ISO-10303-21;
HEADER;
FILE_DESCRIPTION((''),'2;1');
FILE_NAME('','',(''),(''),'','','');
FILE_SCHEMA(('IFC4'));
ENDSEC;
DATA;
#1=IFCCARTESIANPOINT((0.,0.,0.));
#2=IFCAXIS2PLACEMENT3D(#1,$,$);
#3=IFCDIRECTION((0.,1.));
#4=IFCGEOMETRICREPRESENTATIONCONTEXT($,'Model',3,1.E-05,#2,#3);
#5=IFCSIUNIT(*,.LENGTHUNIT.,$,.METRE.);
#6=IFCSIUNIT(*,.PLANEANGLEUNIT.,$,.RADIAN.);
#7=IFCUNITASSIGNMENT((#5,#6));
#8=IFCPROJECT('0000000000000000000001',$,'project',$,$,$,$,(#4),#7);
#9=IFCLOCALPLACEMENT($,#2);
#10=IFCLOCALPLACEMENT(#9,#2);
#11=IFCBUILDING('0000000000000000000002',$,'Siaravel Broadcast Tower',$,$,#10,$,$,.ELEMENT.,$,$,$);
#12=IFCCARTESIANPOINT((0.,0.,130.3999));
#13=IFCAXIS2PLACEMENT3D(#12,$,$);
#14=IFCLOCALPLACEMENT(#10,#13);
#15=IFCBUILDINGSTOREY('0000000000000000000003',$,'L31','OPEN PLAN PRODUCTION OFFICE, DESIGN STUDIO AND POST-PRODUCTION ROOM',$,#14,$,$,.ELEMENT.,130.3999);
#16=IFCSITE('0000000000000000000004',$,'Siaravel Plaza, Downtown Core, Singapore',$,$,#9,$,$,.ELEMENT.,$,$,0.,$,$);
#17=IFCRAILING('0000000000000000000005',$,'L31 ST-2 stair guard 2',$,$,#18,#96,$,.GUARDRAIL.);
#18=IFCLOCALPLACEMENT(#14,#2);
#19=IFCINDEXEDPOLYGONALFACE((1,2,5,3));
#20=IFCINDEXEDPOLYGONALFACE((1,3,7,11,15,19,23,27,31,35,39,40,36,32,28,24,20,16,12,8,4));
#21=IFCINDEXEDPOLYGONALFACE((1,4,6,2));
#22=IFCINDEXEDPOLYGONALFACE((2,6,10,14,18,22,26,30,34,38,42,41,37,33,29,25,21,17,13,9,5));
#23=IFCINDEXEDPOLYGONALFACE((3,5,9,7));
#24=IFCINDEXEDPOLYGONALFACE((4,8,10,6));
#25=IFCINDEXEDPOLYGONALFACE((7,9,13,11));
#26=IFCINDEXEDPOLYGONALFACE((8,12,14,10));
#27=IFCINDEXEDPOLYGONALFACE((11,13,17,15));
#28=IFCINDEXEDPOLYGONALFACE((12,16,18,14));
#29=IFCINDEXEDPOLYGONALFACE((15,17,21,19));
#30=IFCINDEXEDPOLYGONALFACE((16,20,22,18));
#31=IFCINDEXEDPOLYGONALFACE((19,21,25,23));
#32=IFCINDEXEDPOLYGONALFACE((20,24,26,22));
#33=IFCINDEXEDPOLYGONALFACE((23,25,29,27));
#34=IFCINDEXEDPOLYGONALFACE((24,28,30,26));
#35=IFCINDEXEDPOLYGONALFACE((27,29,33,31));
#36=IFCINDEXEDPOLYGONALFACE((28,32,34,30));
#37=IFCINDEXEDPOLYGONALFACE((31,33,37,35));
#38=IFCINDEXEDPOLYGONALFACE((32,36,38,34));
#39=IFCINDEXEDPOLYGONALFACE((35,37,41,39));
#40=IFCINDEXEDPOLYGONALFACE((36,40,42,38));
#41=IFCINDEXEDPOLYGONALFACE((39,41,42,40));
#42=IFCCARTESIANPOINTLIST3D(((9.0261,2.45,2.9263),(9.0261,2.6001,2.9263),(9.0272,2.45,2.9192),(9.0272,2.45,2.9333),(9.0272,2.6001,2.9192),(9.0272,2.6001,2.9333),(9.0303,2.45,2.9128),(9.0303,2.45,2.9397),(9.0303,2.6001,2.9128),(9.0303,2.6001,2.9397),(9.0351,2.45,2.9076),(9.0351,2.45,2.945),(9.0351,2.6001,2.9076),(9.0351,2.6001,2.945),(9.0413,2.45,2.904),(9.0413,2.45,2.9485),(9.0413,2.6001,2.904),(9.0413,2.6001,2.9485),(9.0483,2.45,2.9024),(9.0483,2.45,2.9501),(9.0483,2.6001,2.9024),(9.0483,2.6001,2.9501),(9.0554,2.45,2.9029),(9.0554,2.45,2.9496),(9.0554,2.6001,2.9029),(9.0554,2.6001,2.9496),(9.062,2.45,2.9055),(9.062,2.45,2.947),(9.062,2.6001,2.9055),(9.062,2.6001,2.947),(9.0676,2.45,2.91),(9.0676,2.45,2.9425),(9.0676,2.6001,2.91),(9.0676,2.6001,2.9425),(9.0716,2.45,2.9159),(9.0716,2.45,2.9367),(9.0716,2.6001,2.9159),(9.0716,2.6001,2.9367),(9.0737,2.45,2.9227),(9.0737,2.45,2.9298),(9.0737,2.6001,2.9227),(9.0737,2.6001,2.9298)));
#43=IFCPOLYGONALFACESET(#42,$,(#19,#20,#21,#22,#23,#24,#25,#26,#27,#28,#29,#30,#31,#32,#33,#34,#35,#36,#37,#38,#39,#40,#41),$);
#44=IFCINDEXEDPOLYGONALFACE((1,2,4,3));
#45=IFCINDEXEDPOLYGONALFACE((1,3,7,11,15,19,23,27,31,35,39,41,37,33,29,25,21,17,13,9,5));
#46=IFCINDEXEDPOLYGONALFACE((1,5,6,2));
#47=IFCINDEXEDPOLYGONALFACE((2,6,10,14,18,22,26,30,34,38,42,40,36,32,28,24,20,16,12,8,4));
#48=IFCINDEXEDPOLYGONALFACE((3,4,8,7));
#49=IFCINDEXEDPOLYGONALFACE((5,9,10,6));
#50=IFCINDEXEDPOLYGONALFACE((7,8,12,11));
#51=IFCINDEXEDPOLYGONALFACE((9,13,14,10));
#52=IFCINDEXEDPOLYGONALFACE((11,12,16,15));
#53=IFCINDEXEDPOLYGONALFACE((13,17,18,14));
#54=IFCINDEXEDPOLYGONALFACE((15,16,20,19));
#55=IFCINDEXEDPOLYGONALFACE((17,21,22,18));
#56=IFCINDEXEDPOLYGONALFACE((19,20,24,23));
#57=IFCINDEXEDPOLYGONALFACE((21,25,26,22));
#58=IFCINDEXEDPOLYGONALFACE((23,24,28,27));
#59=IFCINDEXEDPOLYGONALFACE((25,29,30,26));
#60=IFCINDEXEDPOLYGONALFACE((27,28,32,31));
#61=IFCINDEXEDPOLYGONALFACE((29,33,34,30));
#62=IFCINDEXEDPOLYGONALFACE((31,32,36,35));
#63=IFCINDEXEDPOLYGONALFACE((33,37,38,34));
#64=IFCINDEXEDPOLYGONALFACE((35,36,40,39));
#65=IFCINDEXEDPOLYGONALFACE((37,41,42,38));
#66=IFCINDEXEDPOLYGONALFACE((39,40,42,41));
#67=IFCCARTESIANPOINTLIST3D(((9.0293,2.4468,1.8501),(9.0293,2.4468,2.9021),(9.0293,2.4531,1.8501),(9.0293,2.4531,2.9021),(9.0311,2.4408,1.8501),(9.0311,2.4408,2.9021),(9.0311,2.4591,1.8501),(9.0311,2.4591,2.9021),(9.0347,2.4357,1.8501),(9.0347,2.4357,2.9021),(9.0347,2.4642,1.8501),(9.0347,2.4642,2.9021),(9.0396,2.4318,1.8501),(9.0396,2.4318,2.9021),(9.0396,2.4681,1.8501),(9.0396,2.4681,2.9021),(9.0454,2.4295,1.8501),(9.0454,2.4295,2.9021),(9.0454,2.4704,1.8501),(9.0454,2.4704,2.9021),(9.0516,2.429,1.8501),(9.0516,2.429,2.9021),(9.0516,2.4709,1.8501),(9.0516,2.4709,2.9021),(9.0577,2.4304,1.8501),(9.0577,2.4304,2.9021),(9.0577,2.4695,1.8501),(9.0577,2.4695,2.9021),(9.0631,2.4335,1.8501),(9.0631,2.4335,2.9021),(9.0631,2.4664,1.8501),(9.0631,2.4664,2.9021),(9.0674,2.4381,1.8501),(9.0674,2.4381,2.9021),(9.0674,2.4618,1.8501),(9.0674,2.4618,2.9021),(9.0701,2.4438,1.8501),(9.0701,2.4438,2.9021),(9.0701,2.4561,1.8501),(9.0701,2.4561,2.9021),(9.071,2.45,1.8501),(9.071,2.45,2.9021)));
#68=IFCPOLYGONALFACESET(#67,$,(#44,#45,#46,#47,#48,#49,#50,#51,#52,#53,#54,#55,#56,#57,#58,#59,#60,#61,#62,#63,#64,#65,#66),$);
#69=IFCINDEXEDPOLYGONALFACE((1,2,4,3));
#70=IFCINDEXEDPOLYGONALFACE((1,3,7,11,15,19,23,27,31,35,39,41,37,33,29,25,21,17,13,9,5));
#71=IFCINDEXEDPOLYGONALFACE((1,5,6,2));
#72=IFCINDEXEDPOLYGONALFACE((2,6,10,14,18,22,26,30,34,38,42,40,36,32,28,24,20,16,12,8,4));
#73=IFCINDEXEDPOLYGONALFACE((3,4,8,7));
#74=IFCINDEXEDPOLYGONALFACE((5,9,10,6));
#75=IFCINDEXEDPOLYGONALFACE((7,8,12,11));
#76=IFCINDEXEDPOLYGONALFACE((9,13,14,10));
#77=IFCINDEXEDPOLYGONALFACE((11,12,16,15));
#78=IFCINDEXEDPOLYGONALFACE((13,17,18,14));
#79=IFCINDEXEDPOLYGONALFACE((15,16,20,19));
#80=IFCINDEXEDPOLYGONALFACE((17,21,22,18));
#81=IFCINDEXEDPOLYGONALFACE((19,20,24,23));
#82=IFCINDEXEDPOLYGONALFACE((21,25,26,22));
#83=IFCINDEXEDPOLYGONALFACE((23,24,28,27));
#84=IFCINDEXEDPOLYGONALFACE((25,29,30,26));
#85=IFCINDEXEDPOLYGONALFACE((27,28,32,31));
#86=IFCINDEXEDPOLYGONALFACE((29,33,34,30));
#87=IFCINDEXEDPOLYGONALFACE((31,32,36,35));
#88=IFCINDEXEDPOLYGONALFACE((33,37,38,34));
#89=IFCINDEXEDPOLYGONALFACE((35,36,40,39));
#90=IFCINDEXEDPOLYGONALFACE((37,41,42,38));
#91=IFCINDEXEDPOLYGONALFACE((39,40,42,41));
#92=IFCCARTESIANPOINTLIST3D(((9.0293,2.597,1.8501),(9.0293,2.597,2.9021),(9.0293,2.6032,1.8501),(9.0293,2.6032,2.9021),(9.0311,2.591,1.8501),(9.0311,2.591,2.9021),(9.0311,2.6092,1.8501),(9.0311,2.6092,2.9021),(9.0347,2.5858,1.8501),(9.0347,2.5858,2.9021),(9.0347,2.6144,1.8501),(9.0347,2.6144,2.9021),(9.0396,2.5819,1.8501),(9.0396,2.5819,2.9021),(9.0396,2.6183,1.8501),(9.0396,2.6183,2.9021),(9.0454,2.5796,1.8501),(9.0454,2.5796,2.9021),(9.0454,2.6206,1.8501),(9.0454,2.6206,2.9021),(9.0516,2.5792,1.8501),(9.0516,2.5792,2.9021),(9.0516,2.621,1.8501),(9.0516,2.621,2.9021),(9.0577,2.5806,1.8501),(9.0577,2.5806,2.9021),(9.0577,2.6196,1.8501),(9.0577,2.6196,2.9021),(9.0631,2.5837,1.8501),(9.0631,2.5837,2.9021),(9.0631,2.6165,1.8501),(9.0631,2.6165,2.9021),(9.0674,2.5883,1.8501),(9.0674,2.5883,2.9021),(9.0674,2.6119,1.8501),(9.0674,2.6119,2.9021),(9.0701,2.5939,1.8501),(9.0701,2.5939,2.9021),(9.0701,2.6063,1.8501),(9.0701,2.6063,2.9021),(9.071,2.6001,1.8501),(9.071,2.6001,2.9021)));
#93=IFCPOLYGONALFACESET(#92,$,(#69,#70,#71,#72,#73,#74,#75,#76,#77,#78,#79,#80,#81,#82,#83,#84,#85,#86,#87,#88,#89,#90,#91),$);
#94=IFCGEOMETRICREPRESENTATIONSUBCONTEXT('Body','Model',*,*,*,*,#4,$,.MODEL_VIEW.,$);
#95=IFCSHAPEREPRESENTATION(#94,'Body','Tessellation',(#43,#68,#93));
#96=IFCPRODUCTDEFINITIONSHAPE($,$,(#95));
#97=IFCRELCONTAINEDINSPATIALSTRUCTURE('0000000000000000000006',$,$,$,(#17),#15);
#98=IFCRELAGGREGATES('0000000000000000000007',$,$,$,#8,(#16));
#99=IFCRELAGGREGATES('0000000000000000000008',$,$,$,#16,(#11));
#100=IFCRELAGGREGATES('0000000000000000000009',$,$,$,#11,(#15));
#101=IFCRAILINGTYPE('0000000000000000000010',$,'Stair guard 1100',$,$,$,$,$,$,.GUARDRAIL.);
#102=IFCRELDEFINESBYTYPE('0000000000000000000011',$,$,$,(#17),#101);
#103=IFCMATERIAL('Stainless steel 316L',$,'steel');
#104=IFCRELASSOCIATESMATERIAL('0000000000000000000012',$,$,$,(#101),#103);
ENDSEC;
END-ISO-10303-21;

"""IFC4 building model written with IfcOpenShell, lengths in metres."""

from ifc_helpers import new_model, si_unit, direction, frame, origin, origin_2d, place, context, subcontext, project, spatial, circle, extrude, material, type_object, element, save


model = new_model("IFC4")

# Units and contexts
model_context = context("Model", 3, precision=1e-05, world=origin(), true_north=direction((0.0, 1.0)))
body_context = subcontext(model_context, "Body", "Model", "MODEL_VIEW")
ifc_project = project(units=[si_unit("LENGTHUNIT", "METRE"), si_unit("PLANEANGLEUNIT", "RADIAN")], contexts=[model_context])

# Site, building, storey
site_placement = place(None, origin())
site = spatial("IfcSite", under=ifc_project, at=site_placement, Name="Siaravel Plaza, Downtown Core, Singapore", CompositionType="ELEMENT", RefElevation=0.0)
building_placement = place(site_placement, origin())
building = spatial("IfcBuilding", under=site, at=building_placement, Name="Siaravel Broadcast Tower", CompositionType="ELEMENT")
storey_placement = place(building_placement, frame((0.0, 0.0, 130.3999)))
storey = spatial("IfcBuildingStorey", under=building, at=storey_placement, Name="L31", Description="OPEN PLAN PRODUCTION OFFICE, DESIGN STUDIO AND POST-PRODUCTION ROOM", CompositionType="ELEMENT", Elevation=130.3999)

# Railing
ifc_material_1 = material(Name="Stainless steel 316L", Category="steel")
railing_type_1 = type_object("IfcRailingType", Name="Stair guard 1100", PredefinedType="GUARDRAIL", material=ifc_material_1)
railing_1_placement = place(storey_placement, frame((9.05, 2.45, 1.8501)))
element("IfcRailing", 1, at=railing_1_placement, inside=storey, type_object=railing_type_1, Name="L31 ST-2 stair guard 2", PredefinedType="GUARDRAIL", context=body_context, shape_type="SweptSolid", body=[
    extrude(circle(Radius=0.0239, at=origin_2d()), frame((0.0, 0.0, 1.0762), z_axis=(0.0, 1.0, 0.0), x_axis=(-1.0, 0.0, 0.0)), (0.0, 0.0, 1.0), 0.1501),
    extrude(circle(Radius=0.021, at=origin_2d()), origin(), (0.0, 0.0, 1.0), 1.052),
    extrude(circle(Radius=0.021, at=origin_2d()), frame((0.0, 0.1501, 0.0)), (0.0, 0.0, 1.0), 1.052),
])

save(model, "model.ifc")
